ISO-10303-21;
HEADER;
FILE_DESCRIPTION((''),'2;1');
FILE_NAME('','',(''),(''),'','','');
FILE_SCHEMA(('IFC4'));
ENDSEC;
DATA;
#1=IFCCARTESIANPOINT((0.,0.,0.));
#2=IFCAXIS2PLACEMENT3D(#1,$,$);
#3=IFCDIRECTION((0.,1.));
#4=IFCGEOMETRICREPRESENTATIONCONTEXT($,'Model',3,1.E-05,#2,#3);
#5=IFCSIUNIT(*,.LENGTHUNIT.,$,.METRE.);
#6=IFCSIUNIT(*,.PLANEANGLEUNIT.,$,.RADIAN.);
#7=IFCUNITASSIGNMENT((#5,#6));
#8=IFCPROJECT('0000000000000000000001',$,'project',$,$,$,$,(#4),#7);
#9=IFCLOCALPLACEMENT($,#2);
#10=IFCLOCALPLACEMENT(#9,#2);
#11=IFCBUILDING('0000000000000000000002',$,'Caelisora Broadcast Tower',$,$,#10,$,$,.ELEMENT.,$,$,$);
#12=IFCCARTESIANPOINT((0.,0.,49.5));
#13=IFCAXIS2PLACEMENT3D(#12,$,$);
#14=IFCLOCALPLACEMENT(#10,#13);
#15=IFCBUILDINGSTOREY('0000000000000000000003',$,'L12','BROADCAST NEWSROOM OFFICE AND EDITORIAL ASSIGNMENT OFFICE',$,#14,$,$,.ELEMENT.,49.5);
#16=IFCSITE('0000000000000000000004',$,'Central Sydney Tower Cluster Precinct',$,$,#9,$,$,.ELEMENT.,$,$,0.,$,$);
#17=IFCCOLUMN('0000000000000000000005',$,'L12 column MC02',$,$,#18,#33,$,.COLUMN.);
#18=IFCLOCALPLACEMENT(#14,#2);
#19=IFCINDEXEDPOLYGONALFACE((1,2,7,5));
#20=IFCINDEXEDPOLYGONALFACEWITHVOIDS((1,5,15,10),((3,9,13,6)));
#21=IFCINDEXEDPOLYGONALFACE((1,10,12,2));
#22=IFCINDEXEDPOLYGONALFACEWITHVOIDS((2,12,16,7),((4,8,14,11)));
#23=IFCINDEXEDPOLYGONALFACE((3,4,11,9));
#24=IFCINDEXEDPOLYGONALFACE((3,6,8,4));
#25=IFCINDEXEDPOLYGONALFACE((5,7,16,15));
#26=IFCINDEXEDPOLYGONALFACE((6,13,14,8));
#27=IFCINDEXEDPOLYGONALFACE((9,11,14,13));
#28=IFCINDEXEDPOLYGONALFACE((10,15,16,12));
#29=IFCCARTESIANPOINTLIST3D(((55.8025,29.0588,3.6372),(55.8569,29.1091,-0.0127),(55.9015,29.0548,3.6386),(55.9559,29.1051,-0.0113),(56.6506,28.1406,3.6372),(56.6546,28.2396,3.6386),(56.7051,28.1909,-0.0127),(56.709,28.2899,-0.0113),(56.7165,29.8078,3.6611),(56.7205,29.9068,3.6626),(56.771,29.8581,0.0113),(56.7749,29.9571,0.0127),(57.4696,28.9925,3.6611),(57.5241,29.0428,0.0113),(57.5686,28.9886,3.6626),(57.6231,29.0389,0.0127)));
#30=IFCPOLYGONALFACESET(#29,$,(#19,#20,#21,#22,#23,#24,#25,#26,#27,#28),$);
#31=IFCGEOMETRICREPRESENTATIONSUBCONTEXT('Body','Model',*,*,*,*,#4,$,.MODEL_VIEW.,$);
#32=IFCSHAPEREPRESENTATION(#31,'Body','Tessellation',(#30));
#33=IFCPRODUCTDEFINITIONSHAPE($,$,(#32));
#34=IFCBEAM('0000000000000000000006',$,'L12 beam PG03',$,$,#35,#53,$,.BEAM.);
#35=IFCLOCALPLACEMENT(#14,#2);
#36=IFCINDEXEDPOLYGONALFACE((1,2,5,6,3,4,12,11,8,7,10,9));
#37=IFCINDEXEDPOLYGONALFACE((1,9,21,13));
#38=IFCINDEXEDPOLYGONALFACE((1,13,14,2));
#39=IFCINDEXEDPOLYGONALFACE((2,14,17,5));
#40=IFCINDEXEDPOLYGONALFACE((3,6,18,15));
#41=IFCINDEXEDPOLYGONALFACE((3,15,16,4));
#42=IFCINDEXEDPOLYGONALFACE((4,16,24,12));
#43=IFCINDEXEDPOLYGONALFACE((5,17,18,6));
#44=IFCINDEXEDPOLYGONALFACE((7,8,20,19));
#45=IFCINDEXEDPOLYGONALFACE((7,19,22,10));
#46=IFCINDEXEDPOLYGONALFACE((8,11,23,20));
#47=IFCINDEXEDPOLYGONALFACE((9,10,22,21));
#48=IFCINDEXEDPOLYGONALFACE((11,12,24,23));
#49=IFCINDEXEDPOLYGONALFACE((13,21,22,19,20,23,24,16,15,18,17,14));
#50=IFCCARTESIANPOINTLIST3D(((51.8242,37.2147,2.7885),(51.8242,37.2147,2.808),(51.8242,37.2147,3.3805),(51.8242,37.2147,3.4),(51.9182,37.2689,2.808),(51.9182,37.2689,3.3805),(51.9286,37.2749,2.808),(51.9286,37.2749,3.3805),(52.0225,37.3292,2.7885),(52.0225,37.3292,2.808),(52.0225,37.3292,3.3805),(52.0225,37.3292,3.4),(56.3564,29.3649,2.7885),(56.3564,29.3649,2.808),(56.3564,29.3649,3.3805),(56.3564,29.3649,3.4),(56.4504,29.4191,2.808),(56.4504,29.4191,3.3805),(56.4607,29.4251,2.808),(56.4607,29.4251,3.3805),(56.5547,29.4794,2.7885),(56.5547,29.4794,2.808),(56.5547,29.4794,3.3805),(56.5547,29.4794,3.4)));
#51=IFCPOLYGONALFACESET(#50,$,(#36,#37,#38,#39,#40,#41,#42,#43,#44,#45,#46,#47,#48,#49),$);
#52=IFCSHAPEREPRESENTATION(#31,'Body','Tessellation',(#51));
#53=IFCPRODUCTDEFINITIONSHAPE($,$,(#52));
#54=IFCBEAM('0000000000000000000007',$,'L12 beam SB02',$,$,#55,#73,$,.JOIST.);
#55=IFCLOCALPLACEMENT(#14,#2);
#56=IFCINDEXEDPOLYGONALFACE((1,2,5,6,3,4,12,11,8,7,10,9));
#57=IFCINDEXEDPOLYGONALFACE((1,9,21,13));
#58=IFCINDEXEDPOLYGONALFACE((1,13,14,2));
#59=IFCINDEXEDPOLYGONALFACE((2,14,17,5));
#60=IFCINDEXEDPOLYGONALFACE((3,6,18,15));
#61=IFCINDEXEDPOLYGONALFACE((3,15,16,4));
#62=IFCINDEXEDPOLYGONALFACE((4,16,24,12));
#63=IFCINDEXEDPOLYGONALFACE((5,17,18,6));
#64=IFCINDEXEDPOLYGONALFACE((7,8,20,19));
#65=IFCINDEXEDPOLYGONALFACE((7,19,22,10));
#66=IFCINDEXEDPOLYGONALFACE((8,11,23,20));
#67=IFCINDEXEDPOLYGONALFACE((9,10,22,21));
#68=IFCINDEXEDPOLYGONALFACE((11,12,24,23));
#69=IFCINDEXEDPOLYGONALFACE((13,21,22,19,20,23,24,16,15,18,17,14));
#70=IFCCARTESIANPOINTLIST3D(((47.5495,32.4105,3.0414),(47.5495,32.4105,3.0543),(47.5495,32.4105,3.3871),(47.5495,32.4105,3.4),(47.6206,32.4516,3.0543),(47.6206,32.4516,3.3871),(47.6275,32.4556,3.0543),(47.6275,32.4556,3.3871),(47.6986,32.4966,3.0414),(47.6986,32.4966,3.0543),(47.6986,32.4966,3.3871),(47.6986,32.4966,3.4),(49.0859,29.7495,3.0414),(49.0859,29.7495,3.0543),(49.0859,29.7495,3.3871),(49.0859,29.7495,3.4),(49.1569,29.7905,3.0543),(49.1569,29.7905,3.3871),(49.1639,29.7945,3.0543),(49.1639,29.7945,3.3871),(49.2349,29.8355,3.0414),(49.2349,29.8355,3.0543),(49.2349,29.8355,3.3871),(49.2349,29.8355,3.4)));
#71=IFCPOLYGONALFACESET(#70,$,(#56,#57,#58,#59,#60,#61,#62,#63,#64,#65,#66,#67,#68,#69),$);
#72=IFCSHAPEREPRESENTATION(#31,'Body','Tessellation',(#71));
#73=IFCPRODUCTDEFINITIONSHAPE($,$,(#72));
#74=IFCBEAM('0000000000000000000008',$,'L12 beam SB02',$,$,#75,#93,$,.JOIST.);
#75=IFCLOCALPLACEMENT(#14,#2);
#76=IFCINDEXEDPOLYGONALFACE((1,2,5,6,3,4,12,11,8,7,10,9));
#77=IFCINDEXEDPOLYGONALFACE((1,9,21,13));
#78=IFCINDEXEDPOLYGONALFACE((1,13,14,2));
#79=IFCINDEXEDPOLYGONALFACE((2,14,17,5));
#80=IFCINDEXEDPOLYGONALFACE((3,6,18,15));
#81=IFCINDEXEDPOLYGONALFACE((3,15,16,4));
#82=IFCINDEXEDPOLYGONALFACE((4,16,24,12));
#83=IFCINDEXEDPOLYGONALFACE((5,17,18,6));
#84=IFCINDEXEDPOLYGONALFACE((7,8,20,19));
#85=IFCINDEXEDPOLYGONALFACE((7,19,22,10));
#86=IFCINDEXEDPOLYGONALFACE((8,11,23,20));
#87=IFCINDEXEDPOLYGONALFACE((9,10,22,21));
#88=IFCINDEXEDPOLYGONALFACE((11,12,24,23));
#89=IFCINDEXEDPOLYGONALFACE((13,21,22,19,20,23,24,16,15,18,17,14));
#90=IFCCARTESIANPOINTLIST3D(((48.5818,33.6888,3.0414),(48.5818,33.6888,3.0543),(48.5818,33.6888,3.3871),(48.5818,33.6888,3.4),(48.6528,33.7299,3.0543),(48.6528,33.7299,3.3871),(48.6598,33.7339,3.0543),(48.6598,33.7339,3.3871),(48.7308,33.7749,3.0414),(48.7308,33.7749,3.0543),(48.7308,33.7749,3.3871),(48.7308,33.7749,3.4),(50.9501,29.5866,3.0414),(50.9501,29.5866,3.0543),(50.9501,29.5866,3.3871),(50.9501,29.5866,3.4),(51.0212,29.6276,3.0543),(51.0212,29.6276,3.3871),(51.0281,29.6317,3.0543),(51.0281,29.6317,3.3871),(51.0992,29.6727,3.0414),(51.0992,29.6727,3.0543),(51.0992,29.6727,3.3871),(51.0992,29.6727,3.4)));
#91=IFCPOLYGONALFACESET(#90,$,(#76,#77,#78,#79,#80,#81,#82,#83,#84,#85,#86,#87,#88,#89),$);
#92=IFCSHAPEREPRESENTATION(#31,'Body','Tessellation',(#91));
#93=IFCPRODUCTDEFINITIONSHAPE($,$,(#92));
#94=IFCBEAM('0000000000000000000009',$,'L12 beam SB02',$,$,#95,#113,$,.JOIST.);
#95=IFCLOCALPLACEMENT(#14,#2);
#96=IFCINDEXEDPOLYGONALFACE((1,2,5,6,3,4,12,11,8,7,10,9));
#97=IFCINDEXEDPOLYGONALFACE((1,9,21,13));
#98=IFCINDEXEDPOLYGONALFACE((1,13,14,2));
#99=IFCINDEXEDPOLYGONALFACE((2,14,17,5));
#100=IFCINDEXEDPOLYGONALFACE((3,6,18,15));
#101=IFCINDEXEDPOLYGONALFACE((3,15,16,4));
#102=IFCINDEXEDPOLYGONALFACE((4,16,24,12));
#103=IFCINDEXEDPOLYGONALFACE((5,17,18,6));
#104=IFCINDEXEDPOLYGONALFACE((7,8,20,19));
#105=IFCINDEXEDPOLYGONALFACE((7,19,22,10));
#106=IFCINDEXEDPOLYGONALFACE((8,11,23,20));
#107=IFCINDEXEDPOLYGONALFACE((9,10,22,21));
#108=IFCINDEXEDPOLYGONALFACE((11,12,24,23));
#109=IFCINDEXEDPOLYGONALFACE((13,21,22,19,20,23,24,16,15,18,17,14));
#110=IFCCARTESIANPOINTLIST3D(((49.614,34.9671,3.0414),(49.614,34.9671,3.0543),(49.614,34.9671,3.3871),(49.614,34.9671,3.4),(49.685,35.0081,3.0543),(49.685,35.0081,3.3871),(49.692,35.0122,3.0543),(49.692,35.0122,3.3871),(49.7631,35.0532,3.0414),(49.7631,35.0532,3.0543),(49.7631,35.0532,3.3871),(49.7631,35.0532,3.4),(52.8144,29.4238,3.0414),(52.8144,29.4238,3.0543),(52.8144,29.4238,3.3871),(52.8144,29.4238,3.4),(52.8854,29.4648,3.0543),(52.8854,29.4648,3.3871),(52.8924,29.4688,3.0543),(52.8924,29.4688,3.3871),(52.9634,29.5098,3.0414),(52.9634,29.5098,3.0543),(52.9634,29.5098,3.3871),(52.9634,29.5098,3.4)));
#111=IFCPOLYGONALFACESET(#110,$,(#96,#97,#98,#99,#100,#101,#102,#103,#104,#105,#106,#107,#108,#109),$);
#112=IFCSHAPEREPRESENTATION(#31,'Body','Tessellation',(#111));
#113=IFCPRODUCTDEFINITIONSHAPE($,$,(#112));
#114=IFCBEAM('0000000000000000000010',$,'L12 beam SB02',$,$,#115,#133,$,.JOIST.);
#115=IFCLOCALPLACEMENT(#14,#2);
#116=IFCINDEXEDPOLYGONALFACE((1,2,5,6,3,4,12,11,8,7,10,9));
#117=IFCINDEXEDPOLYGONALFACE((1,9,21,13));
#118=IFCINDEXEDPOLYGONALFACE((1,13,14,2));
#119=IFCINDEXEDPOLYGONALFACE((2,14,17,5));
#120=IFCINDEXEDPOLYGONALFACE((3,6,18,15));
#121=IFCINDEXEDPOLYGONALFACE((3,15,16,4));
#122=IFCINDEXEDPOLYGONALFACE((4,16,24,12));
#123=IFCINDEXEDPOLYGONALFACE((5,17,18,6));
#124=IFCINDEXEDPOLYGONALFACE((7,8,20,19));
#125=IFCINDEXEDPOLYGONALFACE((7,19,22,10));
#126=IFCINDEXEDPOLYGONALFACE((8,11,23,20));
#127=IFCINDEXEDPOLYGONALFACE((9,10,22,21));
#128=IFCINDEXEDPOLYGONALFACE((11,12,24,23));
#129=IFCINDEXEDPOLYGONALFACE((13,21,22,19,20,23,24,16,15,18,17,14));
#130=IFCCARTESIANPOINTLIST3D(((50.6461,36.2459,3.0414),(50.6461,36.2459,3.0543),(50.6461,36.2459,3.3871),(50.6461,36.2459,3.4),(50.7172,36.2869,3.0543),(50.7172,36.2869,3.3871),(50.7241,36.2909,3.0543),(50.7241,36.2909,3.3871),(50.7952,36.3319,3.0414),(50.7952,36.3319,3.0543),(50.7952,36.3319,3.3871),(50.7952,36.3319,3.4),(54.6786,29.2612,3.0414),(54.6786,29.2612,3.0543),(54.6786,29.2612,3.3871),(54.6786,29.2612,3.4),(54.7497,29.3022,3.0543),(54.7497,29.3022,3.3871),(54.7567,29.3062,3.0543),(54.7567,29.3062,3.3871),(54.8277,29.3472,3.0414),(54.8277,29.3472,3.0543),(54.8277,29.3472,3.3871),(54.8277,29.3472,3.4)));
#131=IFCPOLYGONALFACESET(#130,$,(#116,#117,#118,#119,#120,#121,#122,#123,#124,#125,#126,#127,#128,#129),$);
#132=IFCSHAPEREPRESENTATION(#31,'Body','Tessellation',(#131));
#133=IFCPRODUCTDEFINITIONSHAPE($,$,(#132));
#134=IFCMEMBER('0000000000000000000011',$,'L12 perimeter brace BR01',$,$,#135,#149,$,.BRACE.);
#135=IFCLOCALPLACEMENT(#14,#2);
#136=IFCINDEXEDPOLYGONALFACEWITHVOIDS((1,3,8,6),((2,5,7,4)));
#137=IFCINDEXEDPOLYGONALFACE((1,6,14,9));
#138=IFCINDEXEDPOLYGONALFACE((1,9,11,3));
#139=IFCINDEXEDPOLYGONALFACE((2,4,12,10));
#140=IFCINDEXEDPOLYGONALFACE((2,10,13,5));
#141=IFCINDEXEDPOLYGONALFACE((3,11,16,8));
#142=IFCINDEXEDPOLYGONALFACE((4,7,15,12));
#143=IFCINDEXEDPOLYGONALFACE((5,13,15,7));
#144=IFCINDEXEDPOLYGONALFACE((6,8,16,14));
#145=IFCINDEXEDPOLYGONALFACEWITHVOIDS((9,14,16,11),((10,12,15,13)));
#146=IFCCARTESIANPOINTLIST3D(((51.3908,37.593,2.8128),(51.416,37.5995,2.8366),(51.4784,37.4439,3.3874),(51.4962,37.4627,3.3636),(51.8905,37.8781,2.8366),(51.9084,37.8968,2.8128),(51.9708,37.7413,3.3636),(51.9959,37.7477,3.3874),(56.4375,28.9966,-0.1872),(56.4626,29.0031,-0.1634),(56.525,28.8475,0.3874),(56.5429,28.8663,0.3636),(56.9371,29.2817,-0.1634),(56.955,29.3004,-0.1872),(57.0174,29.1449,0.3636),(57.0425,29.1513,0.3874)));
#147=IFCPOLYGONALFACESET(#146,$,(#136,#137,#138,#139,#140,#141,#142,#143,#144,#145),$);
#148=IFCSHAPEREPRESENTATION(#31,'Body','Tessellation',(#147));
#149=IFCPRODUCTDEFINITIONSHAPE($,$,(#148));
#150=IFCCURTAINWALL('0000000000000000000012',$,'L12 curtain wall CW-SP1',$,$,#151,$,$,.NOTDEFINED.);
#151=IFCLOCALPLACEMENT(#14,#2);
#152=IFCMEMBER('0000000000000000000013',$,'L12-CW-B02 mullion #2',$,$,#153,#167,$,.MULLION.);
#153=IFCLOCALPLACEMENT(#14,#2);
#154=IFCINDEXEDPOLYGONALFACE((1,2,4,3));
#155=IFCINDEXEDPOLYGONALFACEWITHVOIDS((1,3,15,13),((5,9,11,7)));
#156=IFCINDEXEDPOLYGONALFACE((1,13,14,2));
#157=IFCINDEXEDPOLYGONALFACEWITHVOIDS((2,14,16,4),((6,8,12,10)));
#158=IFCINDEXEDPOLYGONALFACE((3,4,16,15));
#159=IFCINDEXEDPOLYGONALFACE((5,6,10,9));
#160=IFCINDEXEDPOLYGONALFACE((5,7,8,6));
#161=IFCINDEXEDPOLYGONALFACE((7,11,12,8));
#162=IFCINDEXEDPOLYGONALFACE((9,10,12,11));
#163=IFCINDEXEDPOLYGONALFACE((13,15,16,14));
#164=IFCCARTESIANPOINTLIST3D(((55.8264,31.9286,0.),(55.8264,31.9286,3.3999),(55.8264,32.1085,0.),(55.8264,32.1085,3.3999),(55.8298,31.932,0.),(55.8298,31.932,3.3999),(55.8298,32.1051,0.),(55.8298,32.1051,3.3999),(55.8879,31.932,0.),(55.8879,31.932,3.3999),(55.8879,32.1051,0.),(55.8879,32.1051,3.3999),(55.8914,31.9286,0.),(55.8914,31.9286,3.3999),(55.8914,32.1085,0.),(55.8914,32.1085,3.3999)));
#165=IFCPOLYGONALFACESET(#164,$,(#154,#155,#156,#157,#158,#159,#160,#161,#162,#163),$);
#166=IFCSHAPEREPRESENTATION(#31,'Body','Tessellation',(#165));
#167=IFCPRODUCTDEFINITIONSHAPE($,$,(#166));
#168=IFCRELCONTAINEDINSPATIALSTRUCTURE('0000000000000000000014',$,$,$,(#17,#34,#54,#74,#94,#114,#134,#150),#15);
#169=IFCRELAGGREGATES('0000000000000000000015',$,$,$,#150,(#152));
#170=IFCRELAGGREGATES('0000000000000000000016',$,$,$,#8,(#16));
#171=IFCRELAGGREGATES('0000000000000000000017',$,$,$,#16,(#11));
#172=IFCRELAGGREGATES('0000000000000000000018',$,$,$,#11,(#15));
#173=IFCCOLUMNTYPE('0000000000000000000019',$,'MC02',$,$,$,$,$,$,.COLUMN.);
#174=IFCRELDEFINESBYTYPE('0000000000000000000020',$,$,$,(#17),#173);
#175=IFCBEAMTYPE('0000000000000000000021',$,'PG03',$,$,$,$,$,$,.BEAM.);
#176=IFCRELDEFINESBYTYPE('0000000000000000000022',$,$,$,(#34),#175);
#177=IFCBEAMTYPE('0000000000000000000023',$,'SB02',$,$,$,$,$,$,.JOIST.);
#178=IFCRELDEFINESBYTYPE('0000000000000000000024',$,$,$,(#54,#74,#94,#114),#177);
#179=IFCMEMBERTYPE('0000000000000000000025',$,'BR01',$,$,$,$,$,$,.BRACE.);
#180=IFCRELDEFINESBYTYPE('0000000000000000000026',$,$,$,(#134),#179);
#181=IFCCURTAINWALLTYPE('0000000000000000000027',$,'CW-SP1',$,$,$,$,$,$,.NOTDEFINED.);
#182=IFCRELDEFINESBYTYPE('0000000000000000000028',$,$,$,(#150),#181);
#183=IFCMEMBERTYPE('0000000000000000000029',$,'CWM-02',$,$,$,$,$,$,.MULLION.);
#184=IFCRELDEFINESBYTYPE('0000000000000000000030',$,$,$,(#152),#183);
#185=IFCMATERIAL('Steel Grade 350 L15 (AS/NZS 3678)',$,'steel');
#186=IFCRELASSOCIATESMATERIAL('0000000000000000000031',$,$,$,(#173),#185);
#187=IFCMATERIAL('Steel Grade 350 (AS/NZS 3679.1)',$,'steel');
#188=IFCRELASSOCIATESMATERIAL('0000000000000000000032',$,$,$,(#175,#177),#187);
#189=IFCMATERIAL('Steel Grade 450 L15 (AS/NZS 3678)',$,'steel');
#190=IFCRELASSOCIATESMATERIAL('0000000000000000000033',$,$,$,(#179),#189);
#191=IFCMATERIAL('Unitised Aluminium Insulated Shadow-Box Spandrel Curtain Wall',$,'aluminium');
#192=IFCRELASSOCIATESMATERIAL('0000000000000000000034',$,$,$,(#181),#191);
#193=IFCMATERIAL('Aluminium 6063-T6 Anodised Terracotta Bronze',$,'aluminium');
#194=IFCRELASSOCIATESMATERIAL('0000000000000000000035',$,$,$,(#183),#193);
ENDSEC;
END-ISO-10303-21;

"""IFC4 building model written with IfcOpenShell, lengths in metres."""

from ifc_helpers import new_model, si_unit, direction, frame, origin, origin_2d, place, context, subcontext, project, spatial, hollow_rectangle, i_section, extrude, source, transform, mapped, material, material_profile, profile_set, type_object, type_shapes, element, aggregate, save


model = new_model("IFC4")

# Units and contexts
model_context = context("Model", 3, precision=1e-05, world=origin(), true_north=direction((0.0, 1.0)))
body_context = subcontext(model_context, "Body", "Model", "MODEL_VIEW")
ifc_project = project(units=[si_unit("LENGTHUNIT", "METRE"), si_unit("PLANEANGLEUNIT", "RADIAN")], contexts=[model_context])

# Site, building, storey
site_placement = place(None, origin())
site = spatial("IfcSite", under=ifc_project, at=site_placement, Name="Central Sydney Tower Cluster Precinct", CompositionType="ELEMENT", RefElevation=0.0)
building_placement = place(site_placement, origin())
building = spatial("IfcBuilding", under=site, at=building_placement, Name="Caelisora Broadcast Tower", CompositionType="ELEMENT")
storey_placement = place(building_placement, frame((0.0, 0.0, 49.5)))
storey = spatial("IfcBuildingStorey", under=building, at=storey_placement, Name="L12", Description="BROADCAST NEWSROOM OFFICE AND EDITORIAL ASSIGNMENT OFFICE", CompositionType="ELEMENT", Elevation=49.5)

# Column
ifc_material_1 = material(Name="Steel Grade 350 L15 (AS/NZS 3678)", Category="steel")
ifc_material_profile_1 = material_profile(ifc_material_1, hollow_rectangle(XDim=1.25, YDim=1.25, WallThickness=0.0701, at=origin_2d()), Name="Steel Grade 350 L15 (AS/NZS 3678)")
ifc_profile_set_1 = profile_set([ifc_material_profile_1], Name="Steel Grade 350 L15 (AS/NZS 3678)")
column_type = type_object("IfcColumnType", Name="MC02", PredefinedType="COLUMN", material=ifc_profile_set_1)
shared_shape_1 = source(origin(), body_context, "Body", "SweptSolid", [
    extrude(hollow_rectangle(XDim=1.25, YDim=1.25, WallThickness=0.0701, at=origin_2d()), origin(), (0.0, 0.0, 1.0), 3.6506),
])
type_shapes(column_type, [shared_shape_1])
column_placement = place(storey_placement, frame((56.74, 29.074, 0.0), z_axis=(-0.014913, -0.013776, 0.999794), x_axis=(0.678554, -0.734551, 0.0)))
element("IfcColumn", 1, at=column_placement, inside=storey, type_object=column_type, Name="L12 column MC02", PredefinedType="COLUMN", context=body_context, shape_type="MappedRepresentation", body=[
    mapped(shared_shape_1, transform((0.0, 0.0, 0.0), scale=1.0)),
])

# Beams
ifc_material_2 = material(Name="Steel Grade 350 (AS/NZS 3679.1)", Category="steel")
ifc_material_profile_2 = material_profile(ifc_material_2, i_section(OverallWidth=0.229, OverallDepth=0.6116, WebThickness=0.012, FlangeThickness=0.0195, at=origin_2d()), Name="Steel Grade 350 (AS/NZS 3679.1)")
ifc_profile_set_2 = profile_set([ifc_material_profile_2], Name="Steel Grade 350 (AS/NZS 3679.1)")
beam_type_1 = type_object("IfcBeamType", Name="PG03", PredefinedType="BEAM", material=ifc_profile_set_2)
shared_shape_2 = source(origin(), body_context, "Body", "SweptSolid", [
    extrude(i_section(OverallWidth=0.229, OverallDepth=0.6116, WebThickness=0.012, FlangeThickness=0.0195, at=origin_2d()), origin(), (0.0, 0.0, 1.0), 9.0642),
])
type_shapes(beam_type_1, [shared_shape_2])
beam_1_placement = place(storey_placement, frame((56.4556, 29.4221, 3.0942), z_axis=(-0.500009, 0.86602, 0.0), x_axis=(-0.86602, -0.500009, 0.0)))
element("IfcBeam", 2, at=beam_1_placement, inside=storey, type_object=beam_type_1, Name="L12 beam PG03", PredefinedType="BEAM", context=body_context, shape_type="MappedRepresentation", body=[
    mapped(shared_shape_2, transform((0.0, 0.0, 0.0), scale=1.0)),
])
ifc_material_profile_3 = material_profile(ifc_material_2, i_section(OverallWidth=0.1721, OverallDepth=0.3586, WebThickness=0.0081, FlangeThickness=0.0129, at=origin_2d()), Name="Steel Grade 350 (AS/NZS 3679.1)")
ifc_profile_set_3 = profile_set([ifc_material_profile_3], Name="Steel Grade 350 (AS/NZS 3679.1)")
beam_type_2 = type_object("IfcBeamType", Name="SB02", PredefinedType="JOIST", material=ifc_profile_set_3)
shared_shape_3 = source(origin(), body_context, "Body", "SweptSolid", [
    extrude(i_section(OverallWidth=0.1721, OverallDepth=0.3586, WebThickness=0.0081, FlangeThickness=0.0129, at=origin_2d()), origin(), (0.0, 0.0, 1.0), 3.0728),
])
beam_2_placement = place(storey_placement, frame((49.1604, 29.7925, 3.2207), z_axis=(-0.499993, 0.866029, 0.0), x_axis=(-0.866029, -0.499993, 0.0)))
element("IfcBeam", 3, at=beam_2_placement, inside=storey, type_object=beam_type_2, Name="L12 beam SB02", PredefinedType="JOIST", context=body_context, shape_type="MappedRepresentation", body=[
    mapped(shared_shape_3, transform((0.0, 0.0, 0.0), scale=1.0)),
])
shared_shape_4 = source(origin(), body_context, "Body", "SweptSolid", [
    extrude(i_section(OverallWidth=0.1721, OverallDepth=0.3586, WebThickness=0.0081, FlangeThickness=0.0129, at=origin_2d()), origin(), (0.0, 0.0, 1.0), 4.7368),
])
beam_3_placement = place(storey_placement, frame((51.0247, 29.6296, 3.2207), z_axis=(-0.499992, 0.86603, 0.0), x_axis=(-0.86603, -0.499992, 0.0)))
element("IfcBeam", 4, at=beam_3_placement, inside=storey, type_object=beam_type_2, Name="L12 beam SB02", PredefinedType="JOIST", context=body_context, shape_type="MappedRepresentation", body=[
    mapped(shared_shape_4, transform((0.0, 0.0, 0.0), scale=1.0)),
])
shared_shape_5 = source(origin(), body_context, "Body", "SweptSolid", [
    extrude(i_section(OverallWidth=0.1721, OverallDepth=0.3586, WebThickness=0.0081, FlangeThickness=0.0129, at=origin_2d()), origin(), (0.0, 0.0, 1.0), 6.4009),
])
beam_4_placement = place(storey_placement, frame((52.8889, 29.4668, 3.2207), z_axis=(-0.499991, 0.866031, 0.0), x_axis=(-0.866031, -0.499991, 0.0)))
element("IfcBeam", 5, at=beam_4_placement, inside=storey, type_object=beam_type_2, Name="L12 beam SB02", PredefinedType="JOIST", context=body_context, shape_type="MappedRepresentation", body=[
    mapped(shared_shape_5, transform((0.0, 0.0, 0.0), scale=1.0)),
])
shared_shape_6 = source(origin(), body_context, "Body", "SweptSolid", [
    extrude(i_section(OverallWidth=0.1721, OverallDepth=0.3586, WebThickness=0.0081, FlangeThickness=0.0129, at=origin_2d()), origin(), (0.0, 0.0, 1.0), 8.0652),
])
type_shapes(beam_type_2, [shared_shape_3, shared_shape_4, shared_shape_5, shared_shape_6])
beam_5_placement = place(storey_placement, frame((54.7532, 29.3042, 3.2207), z_axis=(-0.499991, 0.866031, 0.0), x_axis=(-0.866031, -0.499991, 0.0)))
element("IfcBeam", 6, at=beam_5_placement, inside=storey, type_object=beam_type_2, Name="L12 beam SB02", PredefinedType="JOIST", context=body_context, shape_type="MappedRepresentation", body=[
    mapped(shared_shape_6, transform((0.0, 0.0, 0.0), scale=1.0)),
])

# Member
ifc_material_3 = material(Name="Steel Grade 450 L15 (AS/NZS 3678)", Category="steel")
ifc_material_profile_4 = material_profile(ifc_material_3, hollow_rectangle(XDim=0.6001, YDim=0.6001, WallThickness=0.0249, at=origin_2d()), Name="Steel Grade 450 L15 (AS/NZS 3678)")
ifc_profile_set_4 = profile_set([ifc_material_profile_4], Name="Steel Grade 450 L15 (AS/NZS 3678)")
member_type_1 = type_object("IfcMemberType", Name="BR01", PredefinedType="BRACE", material=ifc_profile_set_4)
shared_shape_7 = source(origin(), body_context, "Body", "SweptSolid", [
    extrude(hollow_rectangle(XDim=0.6001, YDim=0.6001, WallThickness=0.0249, at=origin_2d()), origin(), (0.0, 0.0, 1.0), 10.4099),
])
type_shapes(member_type_1, [shared_shape_7])
member_1_placement = place(storey_placement, frame((56.74, 29.074, 0.1001), z_axis=(-0.484789, 0.82579, 0.288186), x_axis=(-0.862376, -0.506267, 0.0)))
element("IfcMember", 7, at=member_1_placement, inside=storey, type_object=member_type_1, Name="L12 perimeter brace BR01", PredefinedType="BRACE", context=body_context, shape_type="MappedRepresentation", body=[
    mapped(shared_shape_7, transform((0.0, 0.0, 0.0), scale=1.0)),
])

# Curtain wall, member
ifc_material_4 = material(Name="Unitised Aluminium Insulated Shadow-Box Spandrel Curtain Wall", Category="aluminium")
curtain_wall_type_1 = type_object("IfcCurtainWallType", Name="CW-SP1", PredefinedType="NOTDEFINED", material=ifc_material_4)
curtain_wall_1_placement = place(storey_placement, origin())
curtain_wall_1 = element("IfcCurtainWall", 8, at=curtain_wall_1_placement, inside=storey, type_object=curtain_wall_type_1, Name="L12 curtain wall CW-SP1", PredefinedType="NOTDEFINED")
ifc_material_5 = material(Name="Aluminium 6063-T6 Anodised Terracotta Bronze", Category="aluminium")
ifc_material_profile_5 = material_profile(ifc_material_5, hollow_rectangle(XDim=0.0649, YDim=0.1799, WallThickness=0.0034, at=origin_2d()), Name="Aluminium 6063-T6 Anodised Terracotta Bronze")
ifc_profile_set_5 = profile_set([ifc_material_profile_5], Name="Aluminium 6063-T6 Anodised Terracotta Bronze")
member_type_2 = type_object("IfcMemberType", Name="CWM-02", PredefinedType="MULLION", material=ifc_profile_set_5)
shared_shape_8 = source(origin(), body_context, "Body", "SweptSolid", [
    extrude(hollow_rectangle(XDim=0.0649, YDim=0.1799, WallThickness=0.0034, at=origin_2d()), origin(), (0.0, 0.0, 1.0), 3.3999),
])
type_shapes(member_type_2, [shared_shape_8])
member_2_placement = place(storey_placement, frame((55.8589, 32.0186, 0.0), z_axis=(0.0, 0.0, 1.0), x_axis=(1.0, 0.0, 0.0)))
member_2 = element("IfcMember", 9, at=member_2_placement, type_object=member_type_2, Name="L12-CW-B02 mullion #2", PredefinedType="MULLION", context=body_context, shape_type="MappedRepresentation", body=[
    mapped(shared_shape_8, transform((0.0, 0.0, 0.0), scale=1.0)),
])

aggregate(curtain_wall_1, [member_2])

save(model, "model.ifc")
